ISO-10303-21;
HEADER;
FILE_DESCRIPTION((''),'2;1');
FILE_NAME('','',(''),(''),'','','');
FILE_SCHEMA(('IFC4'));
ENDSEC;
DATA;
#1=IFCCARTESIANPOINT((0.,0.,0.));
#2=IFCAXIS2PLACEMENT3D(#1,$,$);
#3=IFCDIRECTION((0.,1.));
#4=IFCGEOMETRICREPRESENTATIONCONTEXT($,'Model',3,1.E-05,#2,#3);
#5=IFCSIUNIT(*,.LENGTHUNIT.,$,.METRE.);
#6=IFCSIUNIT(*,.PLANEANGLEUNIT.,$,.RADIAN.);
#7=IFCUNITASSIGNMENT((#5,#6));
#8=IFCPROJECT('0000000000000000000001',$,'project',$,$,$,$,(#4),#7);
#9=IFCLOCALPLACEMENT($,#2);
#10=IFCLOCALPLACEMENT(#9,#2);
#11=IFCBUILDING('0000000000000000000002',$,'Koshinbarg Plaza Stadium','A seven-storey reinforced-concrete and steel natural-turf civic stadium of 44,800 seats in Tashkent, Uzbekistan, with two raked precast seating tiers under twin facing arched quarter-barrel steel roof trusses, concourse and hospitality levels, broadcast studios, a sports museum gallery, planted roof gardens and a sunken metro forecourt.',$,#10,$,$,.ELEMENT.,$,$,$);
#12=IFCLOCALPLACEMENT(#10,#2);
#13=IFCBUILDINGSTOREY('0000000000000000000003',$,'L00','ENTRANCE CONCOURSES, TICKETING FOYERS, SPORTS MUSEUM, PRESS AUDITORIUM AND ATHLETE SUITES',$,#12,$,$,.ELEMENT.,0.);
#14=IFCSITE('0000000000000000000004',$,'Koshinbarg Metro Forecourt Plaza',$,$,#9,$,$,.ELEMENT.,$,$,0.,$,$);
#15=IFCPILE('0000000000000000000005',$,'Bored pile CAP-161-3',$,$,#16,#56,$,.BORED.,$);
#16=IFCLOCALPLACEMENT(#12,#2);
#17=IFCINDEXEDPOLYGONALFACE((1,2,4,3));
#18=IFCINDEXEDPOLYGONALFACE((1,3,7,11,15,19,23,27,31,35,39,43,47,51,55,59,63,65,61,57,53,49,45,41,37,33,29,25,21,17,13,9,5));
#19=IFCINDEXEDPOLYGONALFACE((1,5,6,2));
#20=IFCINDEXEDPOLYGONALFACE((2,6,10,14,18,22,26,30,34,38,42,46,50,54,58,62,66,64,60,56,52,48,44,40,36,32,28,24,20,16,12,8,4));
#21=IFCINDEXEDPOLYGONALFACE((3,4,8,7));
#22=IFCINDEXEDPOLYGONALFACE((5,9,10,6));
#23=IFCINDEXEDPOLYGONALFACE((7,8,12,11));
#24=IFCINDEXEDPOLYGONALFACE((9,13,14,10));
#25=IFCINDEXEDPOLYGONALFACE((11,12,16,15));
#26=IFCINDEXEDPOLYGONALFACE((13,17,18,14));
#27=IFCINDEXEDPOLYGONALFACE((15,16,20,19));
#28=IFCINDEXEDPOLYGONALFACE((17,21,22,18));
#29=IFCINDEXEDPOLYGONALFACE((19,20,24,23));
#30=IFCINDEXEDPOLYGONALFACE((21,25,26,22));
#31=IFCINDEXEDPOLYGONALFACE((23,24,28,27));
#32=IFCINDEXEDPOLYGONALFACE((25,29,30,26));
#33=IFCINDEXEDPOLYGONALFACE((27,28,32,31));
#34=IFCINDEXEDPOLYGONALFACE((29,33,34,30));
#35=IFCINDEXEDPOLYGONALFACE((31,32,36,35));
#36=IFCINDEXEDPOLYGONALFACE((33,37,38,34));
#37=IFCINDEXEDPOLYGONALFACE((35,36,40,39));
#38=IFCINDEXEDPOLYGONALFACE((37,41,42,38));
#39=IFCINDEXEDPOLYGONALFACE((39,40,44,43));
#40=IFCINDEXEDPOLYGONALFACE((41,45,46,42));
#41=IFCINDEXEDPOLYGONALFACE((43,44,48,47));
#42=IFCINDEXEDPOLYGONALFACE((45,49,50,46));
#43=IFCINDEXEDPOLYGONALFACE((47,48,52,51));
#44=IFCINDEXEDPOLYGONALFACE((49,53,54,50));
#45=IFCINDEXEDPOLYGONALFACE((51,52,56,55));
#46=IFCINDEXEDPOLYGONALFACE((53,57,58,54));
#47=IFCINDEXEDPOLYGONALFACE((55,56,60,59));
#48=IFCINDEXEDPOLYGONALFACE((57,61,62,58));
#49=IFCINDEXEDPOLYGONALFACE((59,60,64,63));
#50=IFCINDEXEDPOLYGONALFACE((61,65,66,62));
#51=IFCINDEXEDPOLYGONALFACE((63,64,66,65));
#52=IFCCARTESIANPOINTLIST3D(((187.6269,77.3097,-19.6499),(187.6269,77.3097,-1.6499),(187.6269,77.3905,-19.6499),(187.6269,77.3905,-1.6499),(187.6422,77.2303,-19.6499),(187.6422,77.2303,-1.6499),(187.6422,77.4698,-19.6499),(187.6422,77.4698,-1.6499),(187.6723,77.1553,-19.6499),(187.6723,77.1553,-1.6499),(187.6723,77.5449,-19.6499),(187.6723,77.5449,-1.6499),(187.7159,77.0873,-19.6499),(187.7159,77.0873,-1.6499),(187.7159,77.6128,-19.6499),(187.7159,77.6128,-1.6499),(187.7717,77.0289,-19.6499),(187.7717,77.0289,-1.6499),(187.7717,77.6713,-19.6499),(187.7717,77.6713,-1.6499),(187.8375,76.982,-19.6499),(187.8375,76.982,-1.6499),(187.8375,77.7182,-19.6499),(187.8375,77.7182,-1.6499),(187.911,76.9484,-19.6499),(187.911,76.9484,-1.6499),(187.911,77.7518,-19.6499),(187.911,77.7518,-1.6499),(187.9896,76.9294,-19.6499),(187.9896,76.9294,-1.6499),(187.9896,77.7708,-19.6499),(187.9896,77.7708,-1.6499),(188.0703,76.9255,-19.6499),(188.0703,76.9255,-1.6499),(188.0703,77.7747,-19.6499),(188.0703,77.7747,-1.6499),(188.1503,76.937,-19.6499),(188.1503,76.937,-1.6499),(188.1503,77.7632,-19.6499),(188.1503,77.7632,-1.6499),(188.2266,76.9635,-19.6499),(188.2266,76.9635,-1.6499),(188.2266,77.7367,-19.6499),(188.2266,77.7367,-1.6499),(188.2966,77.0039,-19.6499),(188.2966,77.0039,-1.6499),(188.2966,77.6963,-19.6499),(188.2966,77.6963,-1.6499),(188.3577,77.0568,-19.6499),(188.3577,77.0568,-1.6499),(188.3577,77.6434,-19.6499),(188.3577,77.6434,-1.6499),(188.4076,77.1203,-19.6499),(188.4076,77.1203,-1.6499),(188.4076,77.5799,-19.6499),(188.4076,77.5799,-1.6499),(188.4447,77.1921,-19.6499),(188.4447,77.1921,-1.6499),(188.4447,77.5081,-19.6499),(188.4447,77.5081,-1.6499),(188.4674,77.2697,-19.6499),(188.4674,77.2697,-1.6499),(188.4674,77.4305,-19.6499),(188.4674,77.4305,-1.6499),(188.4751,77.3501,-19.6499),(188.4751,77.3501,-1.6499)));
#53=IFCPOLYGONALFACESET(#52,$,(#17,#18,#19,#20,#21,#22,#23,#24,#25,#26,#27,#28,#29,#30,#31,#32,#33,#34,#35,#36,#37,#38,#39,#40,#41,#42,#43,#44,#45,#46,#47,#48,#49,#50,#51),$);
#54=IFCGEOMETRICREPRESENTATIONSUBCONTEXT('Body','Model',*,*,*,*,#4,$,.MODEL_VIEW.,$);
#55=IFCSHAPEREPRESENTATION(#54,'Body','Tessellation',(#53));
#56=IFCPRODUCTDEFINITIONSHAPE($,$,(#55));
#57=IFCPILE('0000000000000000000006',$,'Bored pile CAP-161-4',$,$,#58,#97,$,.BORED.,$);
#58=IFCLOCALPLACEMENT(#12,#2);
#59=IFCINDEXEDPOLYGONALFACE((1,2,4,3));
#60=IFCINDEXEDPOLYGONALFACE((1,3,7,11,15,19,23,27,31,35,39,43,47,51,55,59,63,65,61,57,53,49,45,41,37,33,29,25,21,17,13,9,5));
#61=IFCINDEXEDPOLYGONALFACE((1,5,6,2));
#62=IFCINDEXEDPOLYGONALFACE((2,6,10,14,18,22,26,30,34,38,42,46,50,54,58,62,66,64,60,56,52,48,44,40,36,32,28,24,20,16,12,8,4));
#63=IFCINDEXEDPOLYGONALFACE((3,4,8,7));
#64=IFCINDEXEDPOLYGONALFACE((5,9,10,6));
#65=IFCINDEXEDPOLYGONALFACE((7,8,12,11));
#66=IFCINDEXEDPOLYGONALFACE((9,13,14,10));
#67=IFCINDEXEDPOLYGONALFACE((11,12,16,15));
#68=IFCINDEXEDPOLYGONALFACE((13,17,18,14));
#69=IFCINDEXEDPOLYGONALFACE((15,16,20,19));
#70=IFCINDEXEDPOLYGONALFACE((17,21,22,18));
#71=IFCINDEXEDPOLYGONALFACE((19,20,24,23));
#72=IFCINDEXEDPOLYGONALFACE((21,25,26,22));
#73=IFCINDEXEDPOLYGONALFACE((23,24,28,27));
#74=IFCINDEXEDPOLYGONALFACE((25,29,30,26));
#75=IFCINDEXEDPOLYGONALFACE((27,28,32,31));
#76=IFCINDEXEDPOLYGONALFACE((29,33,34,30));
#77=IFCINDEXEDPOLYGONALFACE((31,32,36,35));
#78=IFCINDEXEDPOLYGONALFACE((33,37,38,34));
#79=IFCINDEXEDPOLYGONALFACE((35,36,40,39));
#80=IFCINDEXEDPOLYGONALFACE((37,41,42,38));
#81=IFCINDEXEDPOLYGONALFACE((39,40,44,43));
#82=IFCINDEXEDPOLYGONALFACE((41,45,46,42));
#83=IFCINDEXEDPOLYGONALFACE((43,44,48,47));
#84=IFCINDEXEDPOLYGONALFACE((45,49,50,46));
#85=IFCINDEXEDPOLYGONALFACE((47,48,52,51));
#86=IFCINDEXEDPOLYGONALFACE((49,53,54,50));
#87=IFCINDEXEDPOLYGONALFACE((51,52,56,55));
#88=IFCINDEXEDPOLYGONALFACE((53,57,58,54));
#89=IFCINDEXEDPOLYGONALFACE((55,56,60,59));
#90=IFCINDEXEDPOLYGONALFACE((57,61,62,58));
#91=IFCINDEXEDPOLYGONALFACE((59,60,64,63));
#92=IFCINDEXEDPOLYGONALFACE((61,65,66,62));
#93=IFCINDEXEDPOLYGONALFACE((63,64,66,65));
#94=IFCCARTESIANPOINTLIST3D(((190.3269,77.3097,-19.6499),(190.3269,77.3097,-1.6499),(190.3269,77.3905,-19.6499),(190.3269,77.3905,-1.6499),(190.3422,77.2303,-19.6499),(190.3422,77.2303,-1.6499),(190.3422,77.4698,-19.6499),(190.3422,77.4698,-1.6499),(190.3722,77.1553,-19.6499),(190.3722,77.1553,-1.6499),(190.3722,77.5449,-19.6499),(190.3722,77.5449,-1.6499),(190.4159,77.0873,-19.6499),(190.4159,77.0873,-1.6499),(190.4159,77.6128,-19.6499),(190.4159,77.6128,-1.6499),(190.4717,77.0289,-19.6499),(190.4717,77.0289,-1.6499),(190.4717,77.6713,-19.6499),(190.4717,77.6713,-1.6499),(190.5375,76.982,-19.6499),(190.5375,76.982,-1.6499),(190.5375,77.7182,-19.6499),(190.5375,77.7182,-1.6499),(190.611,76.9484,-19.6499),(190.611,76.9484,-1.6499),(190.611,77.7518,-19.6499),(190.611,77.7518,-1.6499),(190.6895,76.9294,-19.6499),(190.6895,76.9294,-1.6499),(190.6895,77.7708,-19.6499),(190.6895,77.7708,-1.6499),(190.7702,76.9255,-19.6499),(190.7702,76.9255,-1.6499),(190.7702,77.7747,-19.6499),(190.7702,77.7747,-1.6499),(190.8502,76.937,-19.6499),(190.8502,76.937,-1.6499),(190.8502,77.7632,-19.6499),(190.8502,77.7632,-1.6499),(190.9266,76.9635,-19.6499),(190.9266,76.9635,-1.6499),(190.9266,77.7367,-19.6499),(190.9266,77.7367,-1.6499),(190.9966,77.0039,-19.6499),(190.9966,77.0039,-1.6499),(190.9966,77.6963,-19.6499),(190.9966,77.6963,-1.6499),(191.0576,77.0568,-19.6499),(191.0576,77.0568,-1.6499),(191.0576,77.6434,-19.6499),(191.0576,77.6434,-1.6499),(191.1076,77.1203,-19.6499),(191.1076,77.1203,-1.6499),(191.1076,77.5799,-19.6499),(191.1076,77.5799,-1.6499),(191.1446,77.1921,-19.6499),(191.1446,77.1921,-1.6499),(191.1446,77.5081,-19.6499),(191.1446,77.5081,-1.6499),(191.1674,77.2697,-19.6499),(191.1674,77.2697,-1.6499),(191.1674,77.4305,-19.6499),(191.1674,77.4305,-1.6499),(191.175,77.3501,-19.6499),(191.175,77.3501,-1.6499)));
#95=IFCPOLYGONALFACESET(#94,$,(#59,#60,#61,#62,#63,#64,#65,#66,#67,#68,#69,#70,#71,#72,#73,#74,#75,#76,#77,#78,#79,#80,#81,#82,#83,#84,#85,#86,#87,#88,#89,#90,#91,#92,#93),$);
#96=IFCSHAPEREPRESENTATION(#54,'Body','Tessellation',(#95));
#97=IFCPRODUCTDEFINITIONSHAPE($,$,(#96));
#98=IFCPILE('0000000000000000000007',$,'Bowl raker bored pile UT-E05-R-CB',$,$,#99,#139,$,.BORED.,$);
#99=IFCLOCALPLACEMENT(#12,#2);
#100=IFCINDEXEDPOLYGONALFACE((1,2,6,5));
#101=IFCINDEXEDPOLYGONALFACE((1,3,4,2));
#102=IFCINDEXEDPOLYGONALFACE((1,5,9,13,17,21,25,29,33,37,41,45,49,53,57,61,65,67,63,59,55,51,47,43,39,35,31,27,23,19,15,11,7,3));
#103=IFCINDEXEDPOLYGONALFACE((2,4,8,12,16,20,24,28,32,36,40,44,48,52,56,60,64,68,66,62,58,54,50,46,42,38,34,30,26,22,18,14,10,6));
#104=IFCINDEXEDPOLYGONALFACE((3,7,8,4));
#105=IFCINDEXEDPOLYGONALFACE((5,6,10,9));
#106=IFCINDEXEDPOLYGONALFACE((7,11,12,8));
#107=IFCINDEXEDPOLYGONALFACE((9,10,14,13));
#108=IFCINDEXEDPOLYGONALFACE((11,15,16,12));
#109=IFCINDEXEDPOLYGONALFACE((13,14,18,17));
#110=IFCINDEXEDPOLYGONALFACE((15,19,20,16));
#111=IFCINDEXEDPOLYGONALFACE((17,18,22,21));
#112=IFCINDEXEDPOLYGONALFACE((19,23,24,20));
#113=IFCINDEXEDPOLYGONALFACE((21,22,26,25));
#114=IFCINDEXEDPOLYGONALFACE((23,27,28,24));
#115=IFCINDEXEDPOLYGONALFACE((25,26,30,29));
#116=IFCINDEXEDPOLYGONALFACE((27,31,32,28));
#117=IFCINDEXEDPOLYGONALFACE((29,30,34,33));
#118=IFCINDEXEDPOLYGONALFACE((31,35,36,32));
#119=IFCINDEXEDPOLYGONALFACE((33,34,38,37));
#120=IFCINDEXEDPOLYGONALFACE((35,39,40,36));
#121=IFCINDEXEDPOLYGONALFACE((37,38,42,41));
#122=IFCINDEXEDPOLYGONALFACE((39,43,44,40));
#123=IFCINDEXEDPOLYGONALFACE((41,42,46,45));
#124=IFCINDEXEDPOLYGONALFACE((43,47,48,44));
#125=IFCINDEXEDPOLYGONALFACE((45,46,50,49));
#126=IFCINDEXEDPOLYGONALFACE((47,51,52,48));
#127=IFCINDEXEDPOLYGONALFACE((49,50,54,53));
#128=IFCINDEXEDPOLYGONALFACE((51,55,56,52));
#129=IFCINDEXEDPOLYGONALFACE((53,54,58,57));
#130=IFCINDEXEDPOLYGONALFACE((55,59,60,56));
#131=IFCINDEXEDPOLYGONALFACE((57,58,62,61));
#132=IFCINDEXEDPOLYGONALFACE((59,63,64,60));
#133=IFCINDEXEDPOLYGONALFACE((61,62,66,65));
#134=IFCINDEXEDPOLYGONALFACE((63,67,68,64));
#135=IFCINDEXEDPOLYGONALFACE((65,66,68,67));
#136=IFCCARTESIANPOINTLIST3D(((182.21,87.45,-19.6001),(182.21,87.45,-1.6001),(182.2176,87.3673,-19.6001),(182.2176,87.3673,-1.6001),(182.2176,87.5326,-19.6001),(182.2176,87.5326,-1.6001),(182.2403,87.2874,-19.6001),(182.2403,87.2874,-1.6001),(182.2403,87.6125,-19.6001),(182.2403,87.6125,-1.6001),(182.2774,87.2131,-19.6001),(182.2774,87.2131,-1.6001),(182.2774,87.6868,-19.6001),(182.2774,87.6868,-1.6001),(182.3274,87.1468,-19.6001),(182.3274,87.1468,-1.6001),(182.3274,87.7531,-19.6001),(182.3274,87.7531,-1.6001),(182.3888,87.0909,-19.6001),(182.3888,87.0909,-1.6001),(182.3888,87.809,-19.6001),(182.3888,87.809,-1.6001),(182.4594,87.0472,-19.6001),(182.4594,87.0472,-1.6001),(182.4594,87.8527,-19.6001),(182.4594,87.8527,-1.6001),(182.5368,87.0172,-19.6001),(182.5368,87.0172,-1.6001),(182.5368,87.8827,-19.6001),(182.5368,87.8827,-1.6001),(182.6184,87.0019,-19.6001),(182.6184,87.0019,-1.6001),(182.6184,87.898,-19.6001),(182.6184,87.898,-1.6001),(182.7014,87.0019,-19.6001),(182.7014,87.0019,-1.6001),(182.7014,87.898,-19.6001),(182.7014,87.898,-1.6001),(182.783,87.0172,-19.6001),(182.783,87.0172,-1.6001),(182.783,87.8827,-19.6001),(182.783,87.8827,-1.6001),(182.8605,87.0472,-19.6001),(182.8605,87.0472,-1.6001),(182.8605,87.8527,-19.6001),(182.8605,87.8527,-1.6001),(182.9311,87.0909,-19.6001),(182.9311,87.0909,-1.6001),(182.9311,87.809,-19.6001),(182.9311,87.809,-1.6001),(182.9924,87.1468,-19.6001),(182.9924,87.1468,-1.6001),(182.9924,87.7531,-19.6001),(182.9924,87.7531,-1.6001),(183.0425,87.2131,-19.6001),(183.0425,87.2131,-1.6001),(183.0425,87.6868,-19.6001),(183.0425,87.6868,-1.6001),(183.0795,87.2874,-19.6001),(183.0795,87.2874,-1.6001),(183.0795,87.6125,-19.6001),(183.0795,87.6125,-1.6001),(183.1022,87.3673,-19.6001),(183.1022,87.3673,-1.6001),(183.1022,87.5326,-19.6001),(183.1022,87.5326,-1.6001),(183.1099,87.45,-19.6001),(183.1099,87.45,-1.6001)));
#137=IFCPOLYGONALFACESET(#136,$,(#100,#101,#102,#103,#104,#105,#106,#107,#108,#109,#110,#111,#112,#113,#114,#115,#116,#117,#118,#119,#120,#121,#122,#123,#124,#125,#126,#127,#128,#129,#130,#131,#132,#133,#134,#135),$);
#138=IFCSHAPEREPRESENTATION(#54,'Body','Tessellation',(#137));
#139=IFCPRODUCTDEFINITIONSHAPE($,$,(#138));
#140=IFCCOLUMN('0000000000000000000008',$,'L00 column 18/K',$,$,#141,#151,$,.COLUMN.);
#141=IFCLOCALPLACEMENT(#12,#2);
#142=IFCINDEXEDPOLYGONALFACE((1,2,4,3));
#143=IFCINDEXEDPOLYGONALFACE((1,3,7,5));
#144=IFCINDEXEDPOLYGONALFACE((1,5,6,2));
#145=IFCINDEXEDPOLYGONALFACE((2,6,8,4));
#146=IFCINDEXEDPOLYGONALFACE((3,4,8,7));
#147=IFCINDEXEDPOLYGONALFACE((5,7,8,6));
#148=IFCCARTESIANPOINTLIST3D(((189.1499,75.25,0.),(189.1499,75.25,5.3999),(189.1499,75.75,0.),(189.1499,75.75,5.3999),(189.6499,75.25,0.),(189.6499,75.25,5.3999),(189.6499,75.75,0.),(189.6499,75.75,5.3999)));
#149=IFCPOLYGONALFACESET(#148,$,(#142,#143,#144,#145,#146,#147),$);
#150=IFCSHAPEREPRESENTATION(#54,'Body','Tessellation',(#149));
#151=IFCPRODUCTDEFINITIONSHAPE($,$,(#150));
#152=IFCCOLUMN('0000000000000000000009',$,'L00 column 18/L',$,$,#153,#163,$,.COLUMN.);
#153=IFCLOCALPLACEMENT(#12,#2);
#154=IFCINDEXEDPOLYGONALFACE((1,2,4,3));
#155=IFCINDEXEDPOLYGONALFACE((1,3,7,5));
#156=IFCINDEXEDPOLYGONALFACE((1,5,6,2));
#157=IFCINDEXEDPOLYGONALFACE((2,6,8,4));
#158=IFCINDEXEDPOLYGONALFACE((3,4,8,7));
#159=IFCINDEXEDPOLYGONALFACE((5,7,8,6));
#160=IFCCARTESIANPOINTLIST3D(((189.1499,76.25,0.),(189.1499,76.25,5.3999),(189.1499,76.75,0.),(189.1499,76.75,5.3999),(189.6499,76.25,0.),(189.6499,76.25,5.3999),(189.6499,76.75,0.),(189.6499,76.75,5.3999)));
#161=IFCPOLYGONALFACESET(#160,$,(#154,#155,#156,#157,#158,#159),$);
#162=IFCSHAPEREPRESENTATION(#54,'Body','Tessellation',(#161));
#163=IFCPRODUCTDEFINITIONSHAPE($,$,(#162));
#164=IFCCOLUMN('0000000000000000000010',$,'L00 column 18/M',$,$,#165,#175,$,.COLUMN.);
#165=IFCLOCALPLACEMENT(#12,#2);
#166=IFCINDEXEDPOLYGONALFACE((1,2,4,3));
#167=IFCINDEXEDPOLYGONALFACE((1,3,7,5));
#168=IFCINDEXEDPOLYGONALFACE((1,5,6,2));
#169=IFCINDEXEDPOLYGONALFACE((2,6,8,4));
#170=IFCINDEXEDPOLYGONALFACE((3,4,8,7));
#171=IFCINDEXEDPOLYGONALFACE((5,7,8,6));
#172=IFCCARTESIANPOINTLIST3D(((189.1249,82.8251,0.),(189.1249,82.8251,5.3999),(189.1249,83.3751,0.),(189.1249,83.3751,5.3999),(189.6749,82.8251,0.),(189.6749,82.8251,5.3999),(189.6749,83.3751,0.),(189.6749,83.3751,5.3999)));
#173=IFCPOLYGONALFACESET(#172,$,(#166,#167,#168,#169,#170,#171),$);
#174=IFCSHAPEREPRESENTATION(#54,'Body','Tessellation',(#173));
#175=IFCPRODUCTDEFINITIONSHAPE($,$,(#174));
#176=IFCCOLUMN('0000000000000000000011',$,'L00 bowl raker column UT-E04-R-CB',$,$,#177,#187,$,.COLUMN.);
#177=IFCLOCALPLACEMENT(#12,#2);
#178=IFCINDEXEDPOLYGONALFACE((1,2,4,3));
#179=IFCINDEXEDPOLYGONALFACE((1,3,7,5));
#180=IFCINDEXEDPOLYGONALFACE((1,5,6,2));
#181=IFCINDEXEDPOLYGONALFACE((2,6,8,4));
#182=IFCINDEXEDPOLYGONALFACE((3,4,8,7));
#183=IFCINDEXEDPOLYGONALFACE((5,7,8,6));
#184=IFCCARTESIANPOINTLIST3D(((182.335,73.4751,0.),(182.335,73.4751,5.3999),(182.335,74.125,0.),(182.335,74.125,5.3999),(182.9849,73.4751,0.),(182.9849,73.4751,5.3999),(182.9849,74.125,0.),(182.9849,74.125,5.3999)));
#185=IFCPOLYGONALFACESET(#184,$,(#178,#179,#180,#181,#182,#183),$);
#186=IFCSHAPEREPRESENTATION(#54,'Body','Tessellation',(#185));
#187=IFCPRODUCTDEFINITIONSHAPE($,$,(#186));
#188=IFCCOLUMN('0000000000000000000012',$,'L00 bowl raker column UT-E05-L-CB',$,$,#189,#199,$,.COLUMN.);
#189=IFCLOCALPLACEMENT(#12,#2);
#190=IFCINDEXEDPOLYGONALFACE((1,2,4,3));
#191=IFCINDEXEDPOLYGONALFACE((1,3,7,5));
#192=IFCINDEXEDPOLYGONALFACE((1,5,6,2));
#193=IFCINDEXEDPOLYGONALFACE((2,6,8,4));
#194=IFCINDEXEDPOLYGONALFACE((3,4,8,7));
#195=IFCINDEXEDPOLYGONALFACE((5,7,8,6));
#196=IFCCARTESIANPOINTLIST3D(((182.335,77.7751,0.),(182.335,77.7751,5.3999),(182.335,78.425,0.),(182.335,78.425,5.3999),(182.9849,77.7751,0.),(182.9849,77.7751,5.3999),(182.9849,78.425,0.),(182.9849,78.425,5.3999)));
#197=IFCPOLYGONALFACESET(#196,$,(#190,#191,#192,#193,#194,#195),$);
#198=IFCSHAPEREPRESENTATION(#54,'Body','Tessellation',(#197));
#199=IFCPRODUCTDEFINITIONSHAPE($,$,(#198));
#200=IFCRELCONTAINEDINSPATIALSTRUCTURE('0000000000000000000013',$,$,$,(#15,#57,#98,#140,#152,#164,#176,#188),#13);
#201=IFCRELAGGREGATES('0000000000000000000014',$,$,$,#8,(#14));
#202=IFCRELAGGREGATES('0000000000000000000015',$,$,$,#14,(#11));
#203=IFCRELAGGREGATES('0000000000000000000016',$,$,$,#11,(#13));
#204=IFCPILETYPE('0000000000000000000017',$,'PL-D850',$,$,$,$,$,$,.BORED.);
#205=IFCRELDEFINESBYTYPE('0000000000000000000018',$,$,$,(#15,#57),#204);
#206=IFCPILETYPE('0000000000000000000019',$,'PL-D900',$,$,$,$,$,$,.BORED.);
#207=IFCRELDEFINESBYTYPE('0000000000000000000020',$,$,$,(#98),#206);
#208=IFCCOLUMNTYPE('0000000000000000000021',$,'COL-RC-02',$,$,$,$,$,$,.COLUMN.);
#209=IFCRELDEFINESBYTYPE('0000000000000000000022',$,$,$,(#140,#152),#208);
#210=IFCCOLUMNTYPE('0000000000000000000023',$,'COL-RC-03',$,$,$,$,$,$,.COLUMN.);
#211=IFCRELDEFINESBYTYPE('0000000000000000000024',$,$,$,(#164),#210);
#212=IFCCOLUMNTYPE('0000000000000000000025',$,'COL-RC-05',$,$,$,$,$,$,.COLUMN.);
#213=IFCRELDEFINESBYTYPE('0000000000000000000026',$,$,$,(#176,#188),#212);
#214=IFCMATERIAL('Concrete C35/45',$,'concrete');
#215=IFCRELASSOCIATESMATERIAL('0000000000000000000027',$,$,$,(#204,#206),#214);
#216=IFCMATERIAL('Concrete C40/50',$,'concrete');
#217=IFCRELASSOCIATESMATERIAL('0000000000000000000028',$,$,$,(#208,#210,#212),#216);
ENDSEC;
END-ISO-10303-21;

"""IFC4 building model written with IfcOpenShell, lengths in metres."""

from ifc_helpers import new_model, si_unit, direction, frame, origin, origin_2d, place, context, subcontext, project, spatial, rectangle, circle, extrude, material, material_profile, profile_set, type_object, element, save


model = new_model("IFC4")

# Units and contexts
model_context = context("Model", 3, precision=1e-05, world=origin(), true_north=direction((0.0, 1.0)))
body_context = subcontext(model_context, "Body", "Model", "MODEL_VIEW")
ifc_project = project(units=[si_unit("LENGTHUNIT", "METRE"), si_unit("PLANEANGLEUNIT", "RADIAN")], contexts=[model_context])

# Site, building, storey
site_placement = place(None, origin())
site = spatial("IfcSite", under=ifc_project, at=site_placement, Name="Koshinbarg Metro Forecourt Plaza", CompositionType="ELEMENT", RefElevation=0.0)
building_placement = place(site_placement, origin())
building = spatial("IfcBuilding", under=site, at=building_placement, Name="Koshinbarg Plaza Stadium", Description="A seven-storey reinforced-concrete and steel natural-turf civic stadium of 44,800 seats in Tashkent, Uzbekistan, with two raked precast seating tiers under twin facing arched quarter-barrel steel roof trusses, concourse and hospitality levels, broadcast studios, a sports museum gallery, planted roof gardens and a sunken metro forecourt.", CompositionType="ELEMENT")
storey_placement = place(building_placement, origin())
storey = spatial("IfcBuildingStorey", under=building, at=storey_placement, Name="L00", Description="ENTRANCE CONCOURSES, TICKETING FOYERS, SPORTS MUSEUM, PRESS AUDITORIUM AND ATHLETE SUITES", CompositionType="ELEMENT", Elevation=0.0)

# Shared definitions
ifc_material_1 = material(Name="Concrete C35/45", Category="concrete")

# Piles
ifc_material_profile_1 = material_profile(ifc_material_1, circle(Radius=0.425, at=origin_2d()), Name="PILE D850")
ifc_profile_set_1 = profile_set([ifc_material_profile_1], Name="Concrete C35/45")
pile_type_1 = type_object("IfcPileType", Name="PL-D850", PredefinedType="BORED", material=ifc_profile_set_1)
for number, where, z_axis, x_axis, name in (
    (1, (188.05, 77.3501, -1.6499), (0.0, 0.0, -1.0), (1.0, 0.0, 0.0), "Bored pile CAP-161-3"),
    (2, (190.75, 77.3501, -1.6499), (0.0, 0.0, -1.0), (1.0, 0.0, 0.0), "Bored pile CAP-161-4"),
):
    element("IfcPile", number, at=place(storey_placement, frame(where, z_axis=z_axis, x_axis=x_axis)), inside=storey, type_object=pile_type_1, Name=name, PredefinedType="BORED", context=body_context, shape_type="SweptSolid", body=[
        extrude(circle(Radius=0.425, at=origin_2d()), origin(), (0.0, 0.0, 1.0), 18.0),
    ])
ifc_material_profile_2 = material_profile(ifc_material_1, circle(Radius=0.45, at=origin_2d()), Name="PILE D900")
ifc_profile_set_2 = profile_set([ifc_material_profile_2], Name="Concrete C35/45")
pile_type_2 = type_object("IfcPileType", Name="PL-D900", PredefinedType="BORED", material=ifc_profile_set_2)
pile_placement = place(storey_placement, frame((182.6599, 87.45, -1.6001), z_axis=(0.0, 0.0, -1.0), x_axis=(1.0, 0.0, 0.0)))
element("IfcPile", 3, at=pile_placement, inside=storey, type_object=pile_type_2, Name="Bowl raker bored pile UT-E05-R-CB", PredefinedType="BORED", context=body_context, shape_type="SweptSolid", body=[
    extrude(circle(Radius=0.45, at=origin_2d()), origin(), (0.0, 0.0, 1.0), 18.0),
])

# Columns
ifc_material_2 = material(Name="Concrete C40/50", Category="concrete")
ifc_material_profile_3 = material_profile(ifc_material_2, rectangle(XDim=0.5, YDim=0.5, at=origin_2d()), Name="RC 500x500")
ifc_profile_set_3 = profile_set([ifc_material_profile_3], Name="Concrete C40/50")
column_type_1 = type_object("IfcColumnType", Name="COL-RC-02", PredefinedType="COLUMN", material=ifc_profile_set_3)
for number, where, z_axis, x_axis, name in (
    (4, (189.3999, 75.5, 0.0), (0.0, 0.0, 1.0), (1.0, 0.0, 0.0), "L00 column 18/K"),
    (5, (189.3999, 76.5, 0.0), (0.0, 0.0, 1.0), (1.0, 0.0, 0.0), "L00 column 18/L"),
):
    element("IfcColumn", number, at=place(storey_placement, frame(where, z_axis=z_axis, x_axis=x_axis)), inside=storey, type_object=column_type_1, Name=name, PredefinedType="COLUMN", context=body_context, shape_type="SweptSolid", body=[
        extrude(rectangle(XDim=0.5, YDim=0.5, at=origin_2d()), origin(), (0.0, 0.0, 1.0), 5.3999),
    ])
ifc_material_profile_4 = material_profile(ifc_material_2, rectangle(XDim=0.55, YDim=0.55, at=origin_2d()), Name="RC 550x550")
ifc_profile_set_4 = profile_set([ifc_material_profile_4], Name="Concrete C40/50")
column_type_2 = type_object("IfcColumnType", Name="COL-RC-03", PredefinedType="COLUMN", material=ifc_profile_set_4)
column_placement = place(storey_placement, frame((189.3999, 83.1001, 0.0), z_axis=(0.0, 0.0, 1.0), x_axis=(1.0, 0.0, 0.0)))
element("IfcColumn", 6, at=column_placement, inside=storey, type_object=column_type_2, Name="L00 column 18/M", PredefinedType="COLUMN", context=body_context, shape_type="SweptSolid", body=[
    extrude(rectangle(XDim=0.55, YDim=0.55, at=origin_2d()), origin(), (0.0, 0.0, 1.0), 5.3999),
])
ifc_material_profile_5 = material_profile(ifc_material_2, rectangle(XDim=0.6499, YDim=0.6499, at=origin_2d()), Name="RC 650x650")
ifc_profile_set_5 = profile_set([ifc_material_profile_5], Name="Concrete C40/50")
column_type_3 = type_object("IfcColumnType", Name="COL-RC-05", PredefinedType="COLUMN", material=ifc_profile_set_5)
for number, where, z_axis, x_axis, name in (
    (7, (182.6599, 73.8, 0.0), (0.0, 0.0, 1.0), (1.0, 0.0, 0.0), "L00 bowl raker column UT-E04-R-CB"),
    (8, (182.6599, 78.1001, 0.0), (0.0, 0.0, 1.0), (1.0, 0.0, 0.0), "L00 bowl raker column UT-E05-L-CB"),
):
    element("IfcColumn", number, at=place(storey_placement, frame(where, z_axis=z_axis, x_axis=x_axis)), inside=storey, type_object=column_type_3, Name=name, PredefinedType="COLUMN", context=body_context, shape_type="SweptSolid", body=[
        extrude(rectangle(XDim=0.6499, YDim=0.6499, at=origin_2d()), origin(), (0.0, 0.0, 1.0), 5.3999),
    ])

save(model, "model.ifc")
